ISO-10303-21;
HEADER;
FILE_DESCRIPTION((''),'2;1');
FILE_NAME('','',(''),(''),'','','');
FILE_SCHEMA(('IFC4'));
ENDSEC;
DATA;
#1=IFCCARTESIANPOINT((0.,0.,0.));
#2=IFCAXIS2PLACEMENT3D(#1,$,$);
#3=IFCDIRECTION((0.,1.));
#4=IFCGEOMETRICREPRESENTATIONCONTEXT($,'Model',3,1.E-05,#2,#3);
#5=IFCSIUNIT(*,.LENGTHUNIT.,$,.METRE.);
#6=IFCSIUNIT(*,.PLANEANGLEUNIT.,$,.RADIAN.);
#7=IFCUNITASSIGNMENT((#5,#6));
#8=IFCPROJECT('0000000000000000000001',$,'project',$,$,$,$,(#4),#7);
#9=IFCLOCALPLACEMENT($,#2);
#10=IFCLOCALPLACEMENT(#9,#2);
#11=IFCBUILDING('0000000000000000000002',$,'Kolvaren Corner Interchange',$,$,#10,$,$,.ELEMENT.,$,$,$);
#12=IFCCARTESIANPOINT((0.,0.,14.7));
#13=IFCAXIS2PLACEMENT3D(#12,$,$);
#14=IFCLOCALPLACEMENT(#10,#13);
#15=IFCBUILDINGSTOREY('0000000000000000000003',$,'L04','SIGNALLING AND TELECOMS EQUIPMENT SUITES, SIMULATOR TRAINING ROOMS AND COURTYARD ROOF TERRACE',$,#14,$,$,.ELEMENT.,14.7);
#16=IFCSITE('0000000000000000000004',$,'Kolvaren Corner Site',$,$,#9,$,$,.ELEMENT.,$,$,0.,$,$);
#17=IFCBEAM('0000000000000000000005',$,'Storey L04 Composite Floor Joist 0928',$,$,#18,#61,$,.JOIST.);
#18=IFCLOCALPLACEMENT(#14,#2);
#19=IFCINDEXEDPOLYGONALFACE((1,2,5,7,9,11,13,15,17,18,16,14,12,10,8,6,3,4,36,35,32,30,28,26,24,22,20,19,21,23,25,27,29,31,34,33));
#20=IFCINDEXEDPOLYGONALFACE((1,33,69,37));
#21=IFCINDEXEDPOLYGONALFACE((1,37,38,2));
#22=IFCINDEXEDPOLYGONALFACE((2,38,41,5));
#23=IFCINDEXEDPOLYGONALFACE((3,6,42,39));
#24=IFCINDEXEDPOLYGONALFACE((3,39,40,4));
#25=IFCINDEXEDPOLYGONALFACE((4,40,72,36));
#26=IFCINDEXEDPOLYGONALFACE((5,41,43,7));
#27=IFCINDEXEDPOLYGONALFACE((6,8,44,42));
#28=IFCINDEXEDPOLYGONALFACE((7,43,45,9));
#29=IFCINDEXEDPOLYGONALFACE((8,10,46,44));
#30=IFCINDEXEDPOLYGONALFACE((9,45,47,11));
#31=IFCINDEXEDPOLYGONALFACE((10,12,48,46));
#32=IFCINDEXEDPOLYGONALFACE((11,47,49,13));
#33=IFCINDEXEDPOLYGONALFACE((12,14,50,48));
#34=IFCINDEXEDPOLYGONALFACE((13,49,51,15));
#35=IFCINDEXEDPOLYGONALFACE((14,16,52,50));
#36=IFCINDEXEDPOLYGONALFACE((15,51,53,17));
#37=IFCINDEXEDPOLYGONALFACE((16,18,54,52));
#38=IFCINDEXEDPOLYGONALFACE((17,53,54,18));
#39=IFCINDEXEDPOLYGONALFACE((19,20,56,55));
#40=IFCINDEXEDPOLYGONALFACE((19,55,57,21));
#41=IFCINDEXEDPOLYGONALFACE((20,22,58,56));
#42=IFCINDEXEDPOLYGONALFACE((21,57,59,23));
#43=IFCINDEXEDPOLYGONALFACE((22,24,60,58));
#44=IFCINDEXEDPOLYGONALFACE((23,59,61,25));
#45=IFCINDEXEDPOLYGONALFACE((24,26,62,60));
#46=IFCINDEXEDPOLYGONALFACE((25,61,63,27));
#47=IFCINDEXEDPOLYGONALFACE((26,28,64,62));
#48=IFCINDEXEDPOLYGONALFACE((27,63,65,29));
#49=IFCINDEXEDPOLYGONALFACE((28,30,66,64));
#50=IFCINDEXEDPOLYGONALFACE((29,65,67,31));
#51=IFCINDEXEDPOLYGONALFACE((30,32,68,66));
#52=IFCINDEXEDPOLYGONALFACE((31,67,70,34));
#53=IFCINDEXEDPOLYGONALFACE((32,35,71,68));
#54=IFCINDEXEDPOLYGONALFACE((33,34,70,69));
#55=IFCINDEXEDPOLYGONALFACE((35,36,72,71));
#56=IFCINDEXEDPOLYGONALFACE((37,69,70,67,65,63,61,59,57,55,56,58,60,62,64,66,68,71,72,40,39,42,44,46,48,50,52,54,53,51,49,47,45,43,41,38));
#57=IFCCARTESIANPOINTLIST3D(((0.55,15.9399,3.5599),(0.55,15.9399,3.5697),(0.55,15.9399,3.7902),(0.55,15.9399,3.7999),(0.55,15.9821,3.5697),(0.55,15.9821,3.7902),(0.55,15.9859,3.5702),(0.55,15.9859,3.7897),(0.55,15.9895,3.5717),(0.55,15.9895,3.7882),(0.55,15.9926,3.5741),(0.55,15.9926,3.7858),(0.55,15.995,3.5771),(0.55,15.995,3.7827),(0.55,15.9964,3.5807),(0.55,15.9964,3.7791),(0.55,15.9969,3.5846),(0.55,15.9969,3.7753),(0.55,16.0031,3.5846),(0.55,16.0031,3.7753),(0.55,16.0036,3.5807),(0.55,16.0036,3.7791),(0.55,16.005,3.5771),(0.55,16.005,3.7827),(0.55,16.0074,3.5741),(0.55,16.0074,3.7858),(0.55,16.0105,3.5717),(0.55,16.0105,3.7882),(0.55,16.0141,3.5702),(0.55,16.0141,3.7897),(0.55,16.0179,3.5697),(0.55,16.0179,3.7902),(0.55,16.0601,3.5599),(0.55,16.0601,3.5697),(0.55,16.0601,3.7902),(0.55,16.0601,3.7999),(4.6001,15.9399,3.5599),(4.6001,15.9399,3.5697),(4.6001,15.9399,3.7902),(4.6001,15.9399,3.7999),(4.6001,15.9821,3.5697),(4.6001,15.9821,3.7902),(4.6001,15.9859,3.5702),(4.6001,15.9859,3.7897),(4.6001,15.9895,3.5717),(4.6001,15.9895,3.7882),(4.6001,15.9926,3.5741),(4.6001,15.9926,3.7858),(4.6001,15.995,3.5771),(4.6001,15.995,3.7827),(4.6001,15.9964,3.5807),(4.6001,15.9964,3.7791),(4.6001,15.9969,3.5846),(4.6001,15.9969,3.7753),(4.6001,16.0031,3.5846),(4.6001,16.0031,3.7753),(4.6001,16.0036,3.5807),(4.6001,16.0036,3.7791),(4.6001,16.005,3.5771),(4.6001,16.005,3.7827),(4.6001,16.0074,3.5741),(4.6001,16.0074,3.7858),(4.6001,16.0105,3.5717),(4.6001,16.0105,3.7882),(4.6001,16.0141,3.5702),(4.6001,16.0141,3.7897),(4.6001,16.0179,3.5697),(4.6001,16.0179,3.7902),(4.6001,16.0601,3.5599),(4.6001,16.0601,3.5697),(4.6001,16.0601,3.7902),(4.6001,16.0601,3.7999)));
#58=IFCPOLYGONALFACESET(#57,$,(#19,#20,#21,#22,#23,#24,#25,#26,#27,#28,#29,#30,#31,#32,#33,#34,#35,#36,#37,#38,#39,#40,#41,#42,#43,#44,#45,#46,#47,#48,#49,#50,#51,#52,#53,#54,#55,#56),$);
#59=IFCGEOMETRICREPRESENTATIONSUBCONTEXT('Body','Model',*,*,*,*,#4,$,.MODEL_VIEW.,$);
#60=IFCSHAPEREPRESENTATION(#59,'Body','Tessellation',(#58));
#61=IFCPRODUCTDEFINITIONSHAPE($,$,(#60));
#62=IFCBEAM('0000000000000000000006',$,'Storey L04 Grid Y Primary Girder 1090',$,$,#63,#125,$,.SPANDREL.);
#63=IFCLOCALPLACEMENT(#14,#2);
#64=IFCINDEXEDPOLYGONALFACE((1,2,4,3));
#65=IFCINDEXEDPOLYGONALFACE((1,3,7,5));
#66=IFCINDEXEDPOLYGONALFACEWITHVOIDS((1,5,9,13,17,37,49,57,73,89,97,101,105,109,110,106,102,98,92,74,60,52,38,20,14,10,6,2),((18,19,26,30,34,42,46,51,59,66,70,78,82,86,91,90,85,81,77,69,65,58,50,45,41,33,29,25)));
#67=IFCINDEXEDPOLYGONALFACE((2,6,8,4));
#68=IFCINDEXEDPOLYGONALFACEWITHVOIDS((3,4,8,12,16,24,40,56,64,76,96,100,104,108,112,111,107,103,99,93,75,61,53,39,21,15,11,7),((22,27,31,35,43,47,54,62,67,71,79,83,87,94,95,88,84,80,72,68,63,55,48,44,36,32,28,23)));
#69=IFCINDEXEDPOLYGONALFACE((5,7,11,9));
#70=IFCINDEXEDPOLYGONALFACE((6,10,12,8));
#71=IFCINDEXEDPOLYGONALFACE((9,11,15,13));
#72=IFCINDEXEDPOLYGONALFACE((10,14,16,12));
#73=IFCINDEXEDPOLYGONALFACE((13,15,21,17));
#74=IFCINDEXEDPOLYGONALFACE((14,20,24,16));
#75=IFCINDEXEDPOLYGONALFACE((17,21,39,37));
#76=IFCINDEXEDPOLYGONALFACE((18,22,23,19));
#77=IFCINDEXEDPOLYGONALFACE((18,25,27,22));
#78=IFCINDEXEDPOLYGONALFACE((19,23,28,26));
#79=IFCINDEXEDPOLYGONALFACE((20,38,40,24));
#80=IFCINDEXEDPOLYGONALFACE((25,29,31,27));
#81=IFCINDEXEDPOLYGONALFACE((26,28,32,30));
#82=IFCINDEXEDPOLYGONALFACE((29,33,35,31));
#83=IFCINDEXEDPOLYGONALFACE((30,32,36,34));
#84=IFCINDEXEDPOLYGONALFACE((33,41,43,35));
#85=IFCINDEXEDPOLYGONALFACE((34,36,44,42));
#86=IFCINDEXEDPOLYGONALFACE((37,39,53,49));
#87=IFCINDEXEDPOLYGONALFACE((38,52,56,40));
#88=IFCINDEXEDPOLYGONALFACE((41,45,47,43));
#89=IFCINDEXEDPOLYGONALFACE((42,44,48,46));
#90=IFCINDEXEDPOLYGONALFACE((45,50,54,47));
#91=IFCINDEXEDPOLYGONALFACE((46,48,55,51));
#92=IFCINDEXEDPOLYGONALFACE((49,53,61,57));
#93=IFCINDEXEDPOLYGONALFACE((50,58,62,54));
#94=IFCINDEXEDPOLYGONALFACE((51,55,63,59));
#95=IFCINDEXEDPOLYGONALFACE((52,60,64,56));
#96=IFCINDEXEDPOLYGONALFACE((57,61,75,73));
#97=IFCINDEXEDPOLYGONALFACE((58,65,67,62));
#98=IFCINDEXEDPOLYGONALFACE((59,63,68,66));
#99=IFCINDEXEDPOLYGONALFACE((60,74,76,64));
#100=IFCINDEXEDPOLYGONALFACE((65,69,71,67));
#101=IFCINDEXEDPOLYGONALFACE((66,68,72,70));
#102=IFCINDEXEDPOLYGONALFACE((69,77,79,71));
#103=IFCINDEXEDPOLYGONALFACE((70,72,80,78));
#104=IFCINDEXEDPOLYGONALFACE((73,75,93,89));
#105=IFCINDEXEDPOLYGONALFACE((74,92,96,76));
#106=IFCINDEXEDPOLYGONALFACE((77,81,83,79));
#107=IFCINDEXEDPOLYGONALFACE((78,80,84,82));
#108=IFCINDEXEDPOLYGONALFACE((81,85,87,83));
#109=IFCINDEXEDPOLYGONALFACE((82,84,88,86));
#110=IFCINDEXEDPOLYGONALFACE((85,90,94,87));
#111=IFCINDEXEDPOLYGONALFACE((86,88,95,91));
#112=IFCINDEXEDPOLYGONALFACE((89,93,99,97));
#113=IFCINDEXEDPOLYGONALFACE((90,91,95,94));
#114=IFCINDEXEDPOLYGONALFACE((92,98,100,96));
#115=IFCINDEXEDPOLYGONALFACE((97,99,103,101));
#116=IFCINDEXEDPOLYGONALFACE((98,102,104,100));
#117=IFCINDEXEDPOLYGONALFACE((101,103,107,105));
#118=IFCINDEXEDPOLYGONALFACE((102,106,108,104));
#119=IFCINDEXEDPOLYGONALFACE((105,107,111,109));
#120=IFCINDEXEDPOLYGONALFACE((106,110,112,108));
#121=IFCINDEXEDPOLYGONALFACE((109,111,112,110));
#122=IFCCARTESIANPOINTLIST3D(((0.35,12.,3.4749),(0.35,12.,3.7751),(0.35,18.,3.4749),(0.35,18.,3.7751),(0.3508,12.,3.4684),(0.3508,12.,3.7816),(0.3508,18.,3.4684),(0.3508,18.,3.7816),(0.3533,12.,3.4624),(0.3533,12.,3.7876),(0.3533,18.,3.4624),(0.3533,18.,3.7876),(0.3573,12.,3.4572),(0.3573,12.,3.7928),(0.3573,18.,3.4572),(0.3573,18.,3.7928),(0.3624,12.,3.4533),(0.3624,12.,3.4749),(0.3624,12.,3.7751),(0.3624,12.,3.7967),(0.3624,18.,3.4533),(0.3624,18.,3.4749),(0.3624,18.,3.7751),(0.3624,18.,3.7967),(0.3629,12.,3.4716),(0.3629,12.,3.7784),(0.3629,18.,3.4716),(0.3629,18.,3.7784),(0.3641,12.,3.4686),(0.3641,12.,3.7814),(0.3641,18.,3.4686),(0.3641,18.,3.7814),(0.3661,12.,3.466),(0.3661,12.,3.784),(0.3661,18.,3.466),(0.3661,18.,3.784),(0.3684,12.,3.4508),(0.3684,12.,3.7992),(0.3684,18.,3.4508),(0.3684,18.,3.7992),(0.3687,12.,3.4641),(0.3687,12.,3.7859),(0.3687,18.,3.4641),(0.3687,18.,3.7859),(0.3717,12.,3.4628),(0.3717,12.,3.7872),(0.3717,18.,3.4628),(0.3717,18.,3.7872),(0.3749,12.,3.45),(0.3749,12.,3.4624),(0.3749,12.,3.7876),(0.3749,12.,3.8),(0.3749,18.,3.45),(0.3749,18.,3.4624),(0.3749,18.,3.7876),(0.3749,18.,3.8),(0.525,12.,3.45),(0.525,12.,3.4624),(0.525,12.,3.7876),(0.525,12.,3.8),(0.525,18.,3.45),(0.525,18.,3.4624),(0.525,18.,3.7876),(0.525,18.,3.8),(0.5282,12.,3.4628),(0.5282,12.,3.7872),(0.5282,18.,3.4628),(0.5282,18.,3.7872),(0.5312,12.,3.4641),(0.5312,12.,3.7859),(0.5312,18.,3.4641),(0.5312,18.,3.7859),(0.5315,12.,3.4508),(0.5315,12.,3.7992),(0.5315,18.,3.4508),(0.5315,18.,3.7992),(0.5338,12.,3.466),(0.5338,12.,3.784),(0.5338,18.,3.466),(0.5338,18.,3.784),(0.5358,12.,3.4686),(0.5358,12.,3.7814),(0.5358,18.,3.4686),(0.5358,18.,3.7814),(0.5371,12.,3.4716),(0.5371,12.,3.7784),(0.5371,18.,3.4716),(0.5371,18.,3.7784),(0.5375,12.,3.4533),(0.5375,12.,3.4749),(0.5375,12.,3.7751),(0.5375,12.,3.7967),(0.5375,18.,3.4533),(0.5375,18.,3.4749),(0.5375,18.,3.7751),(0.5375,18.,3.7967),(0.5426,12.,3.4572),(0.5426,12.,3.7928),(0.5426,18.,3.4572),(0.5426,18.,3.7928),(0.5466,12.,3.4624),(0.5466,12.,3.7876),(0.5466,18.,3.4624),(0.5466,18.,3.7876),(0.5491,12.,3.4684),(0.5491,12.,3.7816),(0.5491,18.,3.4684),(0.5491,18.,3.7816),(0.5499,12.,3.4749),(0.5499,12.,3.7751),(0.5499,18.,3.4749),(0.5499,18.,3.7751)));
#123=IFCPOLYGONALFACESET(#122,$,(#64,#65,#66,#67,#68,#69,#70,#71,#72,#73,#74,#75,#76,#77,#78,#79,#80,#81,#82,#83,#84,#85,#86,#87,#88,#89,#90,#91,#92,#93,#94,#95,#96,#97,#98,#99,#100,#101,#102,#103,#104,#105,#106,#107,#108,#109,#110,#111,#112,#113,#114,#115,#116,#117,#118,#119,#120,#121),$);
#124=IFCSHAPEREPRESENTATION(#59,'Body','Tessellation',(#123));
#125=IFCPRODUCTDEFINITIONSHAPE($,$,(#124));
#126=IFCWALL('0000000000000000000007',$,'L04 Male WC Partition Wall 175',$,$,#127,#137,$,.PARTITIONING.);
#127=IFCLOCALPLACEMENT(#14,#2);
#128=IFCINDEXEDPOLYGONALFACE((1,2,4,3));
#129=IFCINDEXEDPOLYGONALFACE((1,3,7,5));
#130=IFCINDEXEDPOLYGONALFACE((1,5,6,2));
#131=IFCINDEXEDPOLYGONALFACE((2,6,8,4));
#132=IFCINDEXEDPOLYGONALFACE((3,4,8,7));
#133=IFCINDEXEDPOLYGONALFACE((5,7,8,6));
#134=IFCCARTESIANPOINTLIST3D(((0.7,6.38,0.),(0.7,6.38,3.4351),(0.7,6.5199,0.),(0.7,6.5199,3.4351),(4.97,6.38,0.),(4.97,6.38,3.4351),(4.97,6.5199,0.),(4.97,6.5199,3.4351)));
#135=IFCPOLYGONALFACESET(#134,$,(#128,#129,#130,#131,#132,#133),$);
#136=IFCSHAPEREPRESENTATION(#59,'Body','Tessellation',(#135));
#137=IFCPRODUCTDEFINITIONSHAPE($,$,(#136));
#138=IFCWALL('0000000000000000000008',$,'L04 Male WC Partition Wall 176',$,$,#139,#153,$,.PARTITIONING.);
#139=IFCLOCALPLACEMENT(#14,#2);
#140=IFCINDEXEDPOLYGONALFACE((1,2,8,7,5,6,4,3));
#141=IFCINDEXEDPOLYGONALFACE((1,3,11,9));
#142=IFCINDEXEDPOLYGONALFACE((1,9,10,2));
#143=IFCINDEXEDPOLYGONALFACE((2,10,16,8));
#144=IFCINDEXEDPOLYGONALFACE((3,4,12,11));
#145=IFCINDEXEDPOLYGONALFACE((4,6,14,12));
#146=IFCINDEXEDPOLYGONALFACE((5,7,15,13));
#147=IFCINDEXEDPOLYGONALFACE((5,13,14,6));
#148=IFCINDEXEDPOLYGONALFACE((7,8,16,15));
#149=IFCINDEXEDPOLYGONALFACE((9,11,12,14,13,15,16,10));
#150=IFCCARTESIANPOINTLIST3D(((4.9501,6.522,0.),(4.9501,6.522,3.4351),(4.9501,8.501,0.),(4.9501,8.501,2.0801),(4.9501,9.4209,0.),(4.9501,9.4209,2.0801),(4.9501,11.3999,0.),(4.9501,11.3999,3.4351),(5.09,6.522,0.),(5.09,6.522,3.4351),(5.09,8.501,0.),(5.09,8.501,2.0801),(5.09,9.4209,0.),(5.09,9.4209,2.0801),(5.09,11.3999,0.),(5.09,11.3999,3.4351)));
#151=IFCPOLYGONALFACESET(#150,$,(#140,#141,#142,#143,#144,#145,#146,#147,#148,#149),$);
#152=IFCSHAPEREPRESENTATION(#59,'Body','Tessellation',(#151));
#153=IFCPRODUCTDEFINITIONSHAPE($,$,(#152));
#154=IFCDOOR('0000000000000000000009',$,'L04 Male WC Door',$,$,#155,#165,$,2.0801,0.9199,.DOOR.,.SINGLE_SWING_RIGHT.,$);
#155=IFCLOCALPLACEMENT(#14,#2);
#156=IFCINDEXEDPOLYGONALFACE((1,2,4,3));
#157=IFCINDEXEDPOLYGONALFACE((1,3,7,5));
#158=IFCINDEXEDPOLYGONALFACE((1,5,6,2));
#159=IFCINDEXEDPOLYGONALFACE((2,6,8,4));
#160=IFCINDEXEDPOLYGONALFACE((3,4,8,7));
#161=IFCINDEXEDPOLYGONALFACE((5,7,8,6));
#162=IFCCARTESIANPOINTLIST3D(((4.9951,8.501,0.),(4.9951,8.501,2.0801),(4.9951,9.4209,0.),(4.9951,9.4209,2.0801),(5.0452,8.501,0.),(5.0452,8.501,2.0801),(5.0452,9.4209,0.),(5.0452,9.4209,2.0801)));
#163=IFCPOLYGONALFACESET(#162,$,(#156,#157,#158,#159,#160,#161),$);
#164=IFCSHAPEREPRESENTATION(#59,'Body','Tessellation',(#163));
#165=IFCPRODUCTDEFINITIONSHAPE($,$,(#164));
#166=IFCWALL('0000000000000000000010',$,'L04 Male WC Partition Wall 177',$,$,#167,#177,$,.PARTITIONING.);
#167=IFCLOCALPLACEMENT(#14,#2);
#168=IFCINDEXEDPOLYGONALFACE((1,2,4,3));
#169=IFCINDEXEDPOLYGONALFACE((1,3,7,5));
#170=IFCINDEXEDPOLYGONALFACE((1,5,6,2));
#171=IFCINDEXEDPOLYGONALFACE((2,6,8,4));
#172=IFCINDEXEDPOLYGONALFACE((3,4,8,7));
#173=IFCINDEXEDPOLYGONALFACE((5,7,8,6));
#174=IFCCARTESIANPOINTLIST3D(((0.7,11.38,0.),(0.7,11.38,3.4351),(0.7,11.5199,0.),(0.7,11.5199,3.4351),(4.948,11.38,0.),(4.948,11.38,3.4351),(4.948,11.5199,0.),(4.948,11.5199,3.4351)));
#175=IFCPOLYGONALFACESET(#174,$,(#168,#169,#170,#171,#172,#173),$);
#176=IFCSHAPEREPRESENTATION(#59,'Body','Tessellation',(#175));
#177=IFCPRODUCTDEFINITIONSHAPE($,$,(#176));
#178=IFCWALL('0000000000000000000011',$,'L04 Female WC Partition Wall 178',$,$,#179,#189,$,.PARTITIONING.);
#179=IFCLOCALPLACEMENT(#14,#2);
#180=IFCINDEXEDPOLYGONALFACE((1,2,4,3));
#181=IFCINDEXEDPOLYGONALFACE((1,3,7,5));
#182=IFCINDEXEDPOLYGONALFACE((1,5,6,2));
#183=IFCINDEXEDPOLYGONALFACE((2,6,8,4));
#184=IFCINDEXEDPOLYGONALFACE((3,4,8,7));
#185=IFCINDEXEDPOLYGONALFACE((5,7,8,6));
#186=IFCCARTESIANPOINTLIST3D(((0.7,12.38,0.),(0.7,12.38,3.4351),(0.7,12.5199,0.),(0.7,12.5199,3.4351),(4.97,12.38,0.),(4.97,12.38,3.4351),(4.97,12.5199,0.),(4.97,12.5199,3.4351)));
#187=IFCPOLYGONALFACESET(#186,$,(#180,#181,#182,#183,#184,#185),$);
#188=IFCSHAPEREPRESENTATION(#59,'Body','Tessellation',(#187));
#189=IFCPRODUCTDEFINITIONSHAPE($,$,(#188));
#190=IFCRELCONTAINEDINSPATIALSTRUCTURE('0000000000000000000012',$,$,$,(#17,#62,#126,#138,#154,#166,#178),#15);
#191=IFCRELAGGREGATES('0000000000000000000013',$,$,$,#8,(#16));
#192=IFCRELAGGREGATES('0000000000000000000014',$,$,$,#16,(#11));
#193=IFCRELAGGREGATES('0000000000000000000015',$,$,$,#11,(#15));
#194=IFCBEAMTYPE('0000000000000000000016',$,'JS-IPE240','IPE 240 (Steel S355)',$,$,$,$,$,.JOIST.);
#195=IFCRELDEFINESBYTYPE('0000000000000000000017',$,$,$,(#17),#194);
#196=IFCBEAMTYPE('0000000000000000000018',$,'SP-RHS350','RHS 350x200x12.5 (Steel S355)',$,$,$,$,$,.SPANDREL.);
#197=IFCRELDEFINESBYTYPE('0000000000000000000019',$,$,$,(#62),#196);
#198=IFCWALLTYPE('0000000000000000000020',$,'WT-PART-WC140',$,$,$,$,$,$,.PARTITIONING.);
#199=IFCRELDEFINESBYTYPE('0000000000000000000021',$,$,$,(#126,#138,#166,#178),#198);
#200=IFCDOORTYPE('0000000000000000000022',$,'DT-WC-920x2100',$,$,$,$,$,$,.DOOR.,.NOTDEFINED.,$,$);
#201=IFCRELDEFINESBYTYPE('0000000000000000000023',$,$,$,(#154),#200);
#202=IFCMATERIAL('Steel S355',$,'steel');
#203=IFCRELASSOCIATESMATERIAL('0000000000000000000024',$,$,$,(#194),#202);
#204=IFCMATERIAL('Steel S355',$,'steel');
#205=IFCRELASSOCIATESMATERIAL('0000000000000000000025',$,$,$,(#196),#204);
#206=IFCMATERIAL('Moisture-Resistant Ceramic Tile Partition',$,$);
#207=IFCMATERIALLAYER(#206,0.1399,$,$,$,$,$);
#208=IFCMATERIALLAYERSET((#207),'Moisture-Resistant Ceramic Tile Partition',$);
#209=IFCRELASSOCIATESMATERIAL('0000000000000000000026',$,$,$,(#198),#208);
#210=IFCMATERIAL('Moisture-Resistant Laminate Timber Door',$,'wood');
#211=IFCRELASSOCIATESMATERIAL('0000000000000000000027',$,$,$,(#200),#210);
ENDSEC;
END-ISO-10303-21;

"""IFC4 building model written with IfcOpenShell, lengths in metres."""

from ifc_helpers import new_model, si_unit, direction, frame, frame_2d, origin, origin_2d, place, context, subcontext, project, spatial, rectangle, hollow_rectangle, i_section, extrude, material, layer, layer_set, material_profile, profile_set, type_object, element, fill, save


model = new_model("IFC4")

# Units and contexts
model_context = context("Model", 3, precision=1e-05, world=origin(), true_north=direction((0.0, 1.0)))
body_context = subcontext(model_context, "Body", "Model", "MODEL_VIEW")
ifc_project = project(units=[si_unit("LENGTHUNIT", "METRE"), si_unit("PLANEANGLEUNIT", "RADIAN")], contexts=[model_context])

# Site, building, storey
site_placement = place(None, origin())
site = spatial("IfcSite", under=ifc_project, at=site_placement, Name="Kolvaren Corner Site", CompositionType="ELEMENT", RefElevation=0.0)
building_placement = place(site_placement, origin())
building = spatial("IfcBuilding", under=site, at=building_placement, Name="Kolvaren Corner Interchange", CompositionType="ELEMENT")
storey_placement = place(building_placement, frame((0.0, 0.0, 14.7)))
storey = spatial("IfcBuildingStorey", under=building, at=storey_placement, Name="L04", Description="SIGNALLING AND TELECOMS EQUIPMENT SUITES, SIMULATOR TRAINING ROOMS AND COURTYARD ROOF TERRACE", CompositionType="ELEMENT", Elevation=14.7)

# Beams
ifc_material_1 = material(Name="Steel S355", Category="steel")
ifc_material_profile_1 = material_profile(ifc_material_1, i_section(OverallWidth=0.1201, OverallDepth=0.24, WebThickness=0.0061, FlangeThickness=0.0098, FilletRadius=0.0149, at=origin_2d()), Name="IPE 240")
ifc_profile_set_1 = profile_set([ifc_material_profile_1], Name="Steel S355")
beam_type_1 = type_object("IfcBeamType", Name="JS-IPE240", Description="IPE 240 (Steel S355)", PredefinedType="JOIST", material=ifc_profile_set_1)
for number, where, z_axis, x_axis, name in (
    (1, (0.55, 16.0, 3.6799), (1.0, 0.0, 0.0), (0.0, 1.0, 0.0), "Storey L04 Composite Floor Joist 0928"),
):
    element("IfcBeam", number, at=place(storey_placement, frame(where, z_axis=z_axis, x_axis=x_axis)), inside=storey, type_object=beam_type_1, Name=name, PredefinedType="JOIST", context=body_context, shape_type="SweptSolid", body=[
        extrude(i_section(OverallWidth=0.1201, OverallDepth=0.24, WebThickness=0.0061, FlangeThickness=0.0098, FilletRadius=0.0149, at=origin_2d()), origin(), (0.0, 0.0, 1.0), 4.05),
    ])
ifc_material_2 = material(Name="Steel S355", Category="steel")
ifc_material_profile_2 = material_profile(ifc_material_2, hollow_rectangle(XDim=0.2, YDim=0.3501, WallThickness=0.0125, InnerFilletRadius=0.0125, OuterFilletRadius=0.0249, at=origin_2d()), Name="RHS 350x200x12.5")
ifc_profile_set_2 = profile_set([ifc_material_profile_2], Name="Steel S355")
beam_type_2 = type_object("IfcBeamType", Name="SP-RHS350", Description="RHS 350x200x12.5 (Steel S355)", PredefinedType="SPANDREL", material=ifc_profile_set_2)
beam_1_placement = place(storey_placement, frame((0.45, 12.0, 3.625), z_axis=(0.0, 1.0, 0.0), x_axis=(-1.0, 0.0, 0.0)))
element("IfcBeam", 2, at=beam_1_placement, inside=storey, type_object=beam_type_2, Name="Storey L04 Grid Y Primary Girder 1090", PredefinedType="SPANDREL", context=body_context, shape_type="SweptSolid", body=[
    extrude(hollow_rectangle(XDim=0.2, YDim=0.3501, WallThickness=0.0125, InnerFilletRadius=0.0125, OuterFilletRadius=0.0249, at=origin_2d()), origin(), (0.0, 0.0, 1.0), 6.0),
])

# Wall
ifc_material_3 = material(Name="Moisture-Resistant Ceramic Tile Partition")
ifc_layer_1 = layer(ifc_material_3, 0.1399)
ifc_layer_set_1 = layer_set([ifc_layer_1], Name="Moisture-Resistant Ceramic Tile Partition")
wall_type_1 = type_object("IfcWallType", Name="WT-PART-WC140", PredefinedType="PARTITIONING", material=ifc_layer_set_1)
wall_1_placement = place(storey_placement, frame((0.7, 6.45, 0.0), z_axis=(0.0, 0.0, 1.0), x_axis=(1.0, 0.0, 0.0)))
element("IfcWall", 3, at=wall_1_placement, inside=storey, type_object=wall_type_1, Name="L04 Male WC Partition Wall 175", PredefinedType="PARTITIONING", context=body_context, shape_type="SweptSolid", body=[
    extrude(rectangle(XDim=4.27, YDim=0.1399, at=frame_2d((2.135, 0.0))), origin(), (0.0, 0.0, 1.0), 3.4351),
])

# Wall, opening, door
wall_2_placement = place(storey_placement, frame((5.02, 6.522, 0.0), z_axis=(0.0, 0.0, 1.0), x_axis=(0.0, 1.0, 0.0)))
wall_2 = element("IfcWall", 4, at=wall_2_placement, inside=storey, type_object=wall_type_1, Name="L04 Male WC Partition Wall 176", PredefinedType="PARTITIONING", context=body_context, shape_type="SweptSolid", body=[
    extrude(rectangle(XDim=4.8779, YDim=0.1399, at=frame_2d((2.439, 0.0))), origin(), (0.0, 0.0, 1.0), 3.4351),
])
opening_1_placement = place(wall_2_placement, frame((1.979, 0.0, 0.0)))
opening_1 = element("IfcOpeningElement", 5, at=opening_1_placement, cuts=wall_2, PredefinedType="OPENING", context=body_context, shape_type="SweptSolid", body=[
    extrude(rectangle(XDim=0.9199, YDim=2.0801, at=frame_2d((0.46, 1.04))), frame((0.0, 0.0798, 0.0), z_axis=(0.0, -1.0, 0.0), x_axis=(1.0, 0.0, 0.0)), (0.0, 0.0, 1.0), 0.1599),
])
ifc_material_4 = material(Name="Moisture-Resistant Laminate Timber Door", Category="wood")
door_type_1 = type_object("IfcDoorType", Name="DT-WC-920x2100", OperationType="NOTDEFINED", PredefinedType="DOOR", material=ifc_material_4)
door_1_placement = place(opening_1_placement, origin())
door_1 = element("IfcDoor", 6, at=door_1_placement, inside=storey, type_object=door_type_1, Name="L04 Male WC Door", OperationType="SINGLE_SWING_RIGHT", OverallHeight=2.0801, OverallWidth=0.9199, PredefinedType="DOOR", context=body_context, shape_type="SweptSolid", body=[
    extrude(rectangle(XDim=0.9199, YDim=2.0801, at=frame_2d((0.46, 1.04))), frame((0.0, 0.0249, 0.0), z_axis=(0.0, -1.0, 0.0), x_axis=(1.0, 0.0, 0.0)), (0.0, 0.0, 1.0), 0.05),
])
fill(opening_1, door_1)

# Walls
wall_3_placement = place(storey_placement, frame((4.948, 11.45, 0.0), z_axis=(0.0, 0.0, 1.0), x_axis=(-1.0, 0.0, 0.0)))
element("IfcWall", 7, at=wall_3_placement, inside=storey, type_object=wall_type_1, Name="L04 Male WC Partition Wall 177", PredefinedType="PARTITIONING", context=body_context, shape_type="SweptSolid", body=[
    extrude(rectangle(XDim=4.248, YDim=0.1399, at=frame_2d((2.124, 0.0))), origin(), (0.0, 0.0, 1.0), 3.4351),
])
wall_4_placement = place(storey_placement, frame((0.7, 12.45, 0.0), z_axis=(0.0, 0.0, 1.0), x_axis=(1.0, 0.0, 0.0)))
element("IfcWall", 8, at=wall_4_placement, inside=storey, type_object=wall_type_1, Name="L04 Female WC Partition Wall 178", PredefinedType="PARTITIONING", context=body_context, shape_type="SweptSolid", body=[
    extrude(rectangle(XDim=4.27, YDim=0.1399, at=frame_2d((2.135, 0.0))), origin(), (0.0, 0.0, 1.0), 3.4351),
])

save(model, "model.ifc")
